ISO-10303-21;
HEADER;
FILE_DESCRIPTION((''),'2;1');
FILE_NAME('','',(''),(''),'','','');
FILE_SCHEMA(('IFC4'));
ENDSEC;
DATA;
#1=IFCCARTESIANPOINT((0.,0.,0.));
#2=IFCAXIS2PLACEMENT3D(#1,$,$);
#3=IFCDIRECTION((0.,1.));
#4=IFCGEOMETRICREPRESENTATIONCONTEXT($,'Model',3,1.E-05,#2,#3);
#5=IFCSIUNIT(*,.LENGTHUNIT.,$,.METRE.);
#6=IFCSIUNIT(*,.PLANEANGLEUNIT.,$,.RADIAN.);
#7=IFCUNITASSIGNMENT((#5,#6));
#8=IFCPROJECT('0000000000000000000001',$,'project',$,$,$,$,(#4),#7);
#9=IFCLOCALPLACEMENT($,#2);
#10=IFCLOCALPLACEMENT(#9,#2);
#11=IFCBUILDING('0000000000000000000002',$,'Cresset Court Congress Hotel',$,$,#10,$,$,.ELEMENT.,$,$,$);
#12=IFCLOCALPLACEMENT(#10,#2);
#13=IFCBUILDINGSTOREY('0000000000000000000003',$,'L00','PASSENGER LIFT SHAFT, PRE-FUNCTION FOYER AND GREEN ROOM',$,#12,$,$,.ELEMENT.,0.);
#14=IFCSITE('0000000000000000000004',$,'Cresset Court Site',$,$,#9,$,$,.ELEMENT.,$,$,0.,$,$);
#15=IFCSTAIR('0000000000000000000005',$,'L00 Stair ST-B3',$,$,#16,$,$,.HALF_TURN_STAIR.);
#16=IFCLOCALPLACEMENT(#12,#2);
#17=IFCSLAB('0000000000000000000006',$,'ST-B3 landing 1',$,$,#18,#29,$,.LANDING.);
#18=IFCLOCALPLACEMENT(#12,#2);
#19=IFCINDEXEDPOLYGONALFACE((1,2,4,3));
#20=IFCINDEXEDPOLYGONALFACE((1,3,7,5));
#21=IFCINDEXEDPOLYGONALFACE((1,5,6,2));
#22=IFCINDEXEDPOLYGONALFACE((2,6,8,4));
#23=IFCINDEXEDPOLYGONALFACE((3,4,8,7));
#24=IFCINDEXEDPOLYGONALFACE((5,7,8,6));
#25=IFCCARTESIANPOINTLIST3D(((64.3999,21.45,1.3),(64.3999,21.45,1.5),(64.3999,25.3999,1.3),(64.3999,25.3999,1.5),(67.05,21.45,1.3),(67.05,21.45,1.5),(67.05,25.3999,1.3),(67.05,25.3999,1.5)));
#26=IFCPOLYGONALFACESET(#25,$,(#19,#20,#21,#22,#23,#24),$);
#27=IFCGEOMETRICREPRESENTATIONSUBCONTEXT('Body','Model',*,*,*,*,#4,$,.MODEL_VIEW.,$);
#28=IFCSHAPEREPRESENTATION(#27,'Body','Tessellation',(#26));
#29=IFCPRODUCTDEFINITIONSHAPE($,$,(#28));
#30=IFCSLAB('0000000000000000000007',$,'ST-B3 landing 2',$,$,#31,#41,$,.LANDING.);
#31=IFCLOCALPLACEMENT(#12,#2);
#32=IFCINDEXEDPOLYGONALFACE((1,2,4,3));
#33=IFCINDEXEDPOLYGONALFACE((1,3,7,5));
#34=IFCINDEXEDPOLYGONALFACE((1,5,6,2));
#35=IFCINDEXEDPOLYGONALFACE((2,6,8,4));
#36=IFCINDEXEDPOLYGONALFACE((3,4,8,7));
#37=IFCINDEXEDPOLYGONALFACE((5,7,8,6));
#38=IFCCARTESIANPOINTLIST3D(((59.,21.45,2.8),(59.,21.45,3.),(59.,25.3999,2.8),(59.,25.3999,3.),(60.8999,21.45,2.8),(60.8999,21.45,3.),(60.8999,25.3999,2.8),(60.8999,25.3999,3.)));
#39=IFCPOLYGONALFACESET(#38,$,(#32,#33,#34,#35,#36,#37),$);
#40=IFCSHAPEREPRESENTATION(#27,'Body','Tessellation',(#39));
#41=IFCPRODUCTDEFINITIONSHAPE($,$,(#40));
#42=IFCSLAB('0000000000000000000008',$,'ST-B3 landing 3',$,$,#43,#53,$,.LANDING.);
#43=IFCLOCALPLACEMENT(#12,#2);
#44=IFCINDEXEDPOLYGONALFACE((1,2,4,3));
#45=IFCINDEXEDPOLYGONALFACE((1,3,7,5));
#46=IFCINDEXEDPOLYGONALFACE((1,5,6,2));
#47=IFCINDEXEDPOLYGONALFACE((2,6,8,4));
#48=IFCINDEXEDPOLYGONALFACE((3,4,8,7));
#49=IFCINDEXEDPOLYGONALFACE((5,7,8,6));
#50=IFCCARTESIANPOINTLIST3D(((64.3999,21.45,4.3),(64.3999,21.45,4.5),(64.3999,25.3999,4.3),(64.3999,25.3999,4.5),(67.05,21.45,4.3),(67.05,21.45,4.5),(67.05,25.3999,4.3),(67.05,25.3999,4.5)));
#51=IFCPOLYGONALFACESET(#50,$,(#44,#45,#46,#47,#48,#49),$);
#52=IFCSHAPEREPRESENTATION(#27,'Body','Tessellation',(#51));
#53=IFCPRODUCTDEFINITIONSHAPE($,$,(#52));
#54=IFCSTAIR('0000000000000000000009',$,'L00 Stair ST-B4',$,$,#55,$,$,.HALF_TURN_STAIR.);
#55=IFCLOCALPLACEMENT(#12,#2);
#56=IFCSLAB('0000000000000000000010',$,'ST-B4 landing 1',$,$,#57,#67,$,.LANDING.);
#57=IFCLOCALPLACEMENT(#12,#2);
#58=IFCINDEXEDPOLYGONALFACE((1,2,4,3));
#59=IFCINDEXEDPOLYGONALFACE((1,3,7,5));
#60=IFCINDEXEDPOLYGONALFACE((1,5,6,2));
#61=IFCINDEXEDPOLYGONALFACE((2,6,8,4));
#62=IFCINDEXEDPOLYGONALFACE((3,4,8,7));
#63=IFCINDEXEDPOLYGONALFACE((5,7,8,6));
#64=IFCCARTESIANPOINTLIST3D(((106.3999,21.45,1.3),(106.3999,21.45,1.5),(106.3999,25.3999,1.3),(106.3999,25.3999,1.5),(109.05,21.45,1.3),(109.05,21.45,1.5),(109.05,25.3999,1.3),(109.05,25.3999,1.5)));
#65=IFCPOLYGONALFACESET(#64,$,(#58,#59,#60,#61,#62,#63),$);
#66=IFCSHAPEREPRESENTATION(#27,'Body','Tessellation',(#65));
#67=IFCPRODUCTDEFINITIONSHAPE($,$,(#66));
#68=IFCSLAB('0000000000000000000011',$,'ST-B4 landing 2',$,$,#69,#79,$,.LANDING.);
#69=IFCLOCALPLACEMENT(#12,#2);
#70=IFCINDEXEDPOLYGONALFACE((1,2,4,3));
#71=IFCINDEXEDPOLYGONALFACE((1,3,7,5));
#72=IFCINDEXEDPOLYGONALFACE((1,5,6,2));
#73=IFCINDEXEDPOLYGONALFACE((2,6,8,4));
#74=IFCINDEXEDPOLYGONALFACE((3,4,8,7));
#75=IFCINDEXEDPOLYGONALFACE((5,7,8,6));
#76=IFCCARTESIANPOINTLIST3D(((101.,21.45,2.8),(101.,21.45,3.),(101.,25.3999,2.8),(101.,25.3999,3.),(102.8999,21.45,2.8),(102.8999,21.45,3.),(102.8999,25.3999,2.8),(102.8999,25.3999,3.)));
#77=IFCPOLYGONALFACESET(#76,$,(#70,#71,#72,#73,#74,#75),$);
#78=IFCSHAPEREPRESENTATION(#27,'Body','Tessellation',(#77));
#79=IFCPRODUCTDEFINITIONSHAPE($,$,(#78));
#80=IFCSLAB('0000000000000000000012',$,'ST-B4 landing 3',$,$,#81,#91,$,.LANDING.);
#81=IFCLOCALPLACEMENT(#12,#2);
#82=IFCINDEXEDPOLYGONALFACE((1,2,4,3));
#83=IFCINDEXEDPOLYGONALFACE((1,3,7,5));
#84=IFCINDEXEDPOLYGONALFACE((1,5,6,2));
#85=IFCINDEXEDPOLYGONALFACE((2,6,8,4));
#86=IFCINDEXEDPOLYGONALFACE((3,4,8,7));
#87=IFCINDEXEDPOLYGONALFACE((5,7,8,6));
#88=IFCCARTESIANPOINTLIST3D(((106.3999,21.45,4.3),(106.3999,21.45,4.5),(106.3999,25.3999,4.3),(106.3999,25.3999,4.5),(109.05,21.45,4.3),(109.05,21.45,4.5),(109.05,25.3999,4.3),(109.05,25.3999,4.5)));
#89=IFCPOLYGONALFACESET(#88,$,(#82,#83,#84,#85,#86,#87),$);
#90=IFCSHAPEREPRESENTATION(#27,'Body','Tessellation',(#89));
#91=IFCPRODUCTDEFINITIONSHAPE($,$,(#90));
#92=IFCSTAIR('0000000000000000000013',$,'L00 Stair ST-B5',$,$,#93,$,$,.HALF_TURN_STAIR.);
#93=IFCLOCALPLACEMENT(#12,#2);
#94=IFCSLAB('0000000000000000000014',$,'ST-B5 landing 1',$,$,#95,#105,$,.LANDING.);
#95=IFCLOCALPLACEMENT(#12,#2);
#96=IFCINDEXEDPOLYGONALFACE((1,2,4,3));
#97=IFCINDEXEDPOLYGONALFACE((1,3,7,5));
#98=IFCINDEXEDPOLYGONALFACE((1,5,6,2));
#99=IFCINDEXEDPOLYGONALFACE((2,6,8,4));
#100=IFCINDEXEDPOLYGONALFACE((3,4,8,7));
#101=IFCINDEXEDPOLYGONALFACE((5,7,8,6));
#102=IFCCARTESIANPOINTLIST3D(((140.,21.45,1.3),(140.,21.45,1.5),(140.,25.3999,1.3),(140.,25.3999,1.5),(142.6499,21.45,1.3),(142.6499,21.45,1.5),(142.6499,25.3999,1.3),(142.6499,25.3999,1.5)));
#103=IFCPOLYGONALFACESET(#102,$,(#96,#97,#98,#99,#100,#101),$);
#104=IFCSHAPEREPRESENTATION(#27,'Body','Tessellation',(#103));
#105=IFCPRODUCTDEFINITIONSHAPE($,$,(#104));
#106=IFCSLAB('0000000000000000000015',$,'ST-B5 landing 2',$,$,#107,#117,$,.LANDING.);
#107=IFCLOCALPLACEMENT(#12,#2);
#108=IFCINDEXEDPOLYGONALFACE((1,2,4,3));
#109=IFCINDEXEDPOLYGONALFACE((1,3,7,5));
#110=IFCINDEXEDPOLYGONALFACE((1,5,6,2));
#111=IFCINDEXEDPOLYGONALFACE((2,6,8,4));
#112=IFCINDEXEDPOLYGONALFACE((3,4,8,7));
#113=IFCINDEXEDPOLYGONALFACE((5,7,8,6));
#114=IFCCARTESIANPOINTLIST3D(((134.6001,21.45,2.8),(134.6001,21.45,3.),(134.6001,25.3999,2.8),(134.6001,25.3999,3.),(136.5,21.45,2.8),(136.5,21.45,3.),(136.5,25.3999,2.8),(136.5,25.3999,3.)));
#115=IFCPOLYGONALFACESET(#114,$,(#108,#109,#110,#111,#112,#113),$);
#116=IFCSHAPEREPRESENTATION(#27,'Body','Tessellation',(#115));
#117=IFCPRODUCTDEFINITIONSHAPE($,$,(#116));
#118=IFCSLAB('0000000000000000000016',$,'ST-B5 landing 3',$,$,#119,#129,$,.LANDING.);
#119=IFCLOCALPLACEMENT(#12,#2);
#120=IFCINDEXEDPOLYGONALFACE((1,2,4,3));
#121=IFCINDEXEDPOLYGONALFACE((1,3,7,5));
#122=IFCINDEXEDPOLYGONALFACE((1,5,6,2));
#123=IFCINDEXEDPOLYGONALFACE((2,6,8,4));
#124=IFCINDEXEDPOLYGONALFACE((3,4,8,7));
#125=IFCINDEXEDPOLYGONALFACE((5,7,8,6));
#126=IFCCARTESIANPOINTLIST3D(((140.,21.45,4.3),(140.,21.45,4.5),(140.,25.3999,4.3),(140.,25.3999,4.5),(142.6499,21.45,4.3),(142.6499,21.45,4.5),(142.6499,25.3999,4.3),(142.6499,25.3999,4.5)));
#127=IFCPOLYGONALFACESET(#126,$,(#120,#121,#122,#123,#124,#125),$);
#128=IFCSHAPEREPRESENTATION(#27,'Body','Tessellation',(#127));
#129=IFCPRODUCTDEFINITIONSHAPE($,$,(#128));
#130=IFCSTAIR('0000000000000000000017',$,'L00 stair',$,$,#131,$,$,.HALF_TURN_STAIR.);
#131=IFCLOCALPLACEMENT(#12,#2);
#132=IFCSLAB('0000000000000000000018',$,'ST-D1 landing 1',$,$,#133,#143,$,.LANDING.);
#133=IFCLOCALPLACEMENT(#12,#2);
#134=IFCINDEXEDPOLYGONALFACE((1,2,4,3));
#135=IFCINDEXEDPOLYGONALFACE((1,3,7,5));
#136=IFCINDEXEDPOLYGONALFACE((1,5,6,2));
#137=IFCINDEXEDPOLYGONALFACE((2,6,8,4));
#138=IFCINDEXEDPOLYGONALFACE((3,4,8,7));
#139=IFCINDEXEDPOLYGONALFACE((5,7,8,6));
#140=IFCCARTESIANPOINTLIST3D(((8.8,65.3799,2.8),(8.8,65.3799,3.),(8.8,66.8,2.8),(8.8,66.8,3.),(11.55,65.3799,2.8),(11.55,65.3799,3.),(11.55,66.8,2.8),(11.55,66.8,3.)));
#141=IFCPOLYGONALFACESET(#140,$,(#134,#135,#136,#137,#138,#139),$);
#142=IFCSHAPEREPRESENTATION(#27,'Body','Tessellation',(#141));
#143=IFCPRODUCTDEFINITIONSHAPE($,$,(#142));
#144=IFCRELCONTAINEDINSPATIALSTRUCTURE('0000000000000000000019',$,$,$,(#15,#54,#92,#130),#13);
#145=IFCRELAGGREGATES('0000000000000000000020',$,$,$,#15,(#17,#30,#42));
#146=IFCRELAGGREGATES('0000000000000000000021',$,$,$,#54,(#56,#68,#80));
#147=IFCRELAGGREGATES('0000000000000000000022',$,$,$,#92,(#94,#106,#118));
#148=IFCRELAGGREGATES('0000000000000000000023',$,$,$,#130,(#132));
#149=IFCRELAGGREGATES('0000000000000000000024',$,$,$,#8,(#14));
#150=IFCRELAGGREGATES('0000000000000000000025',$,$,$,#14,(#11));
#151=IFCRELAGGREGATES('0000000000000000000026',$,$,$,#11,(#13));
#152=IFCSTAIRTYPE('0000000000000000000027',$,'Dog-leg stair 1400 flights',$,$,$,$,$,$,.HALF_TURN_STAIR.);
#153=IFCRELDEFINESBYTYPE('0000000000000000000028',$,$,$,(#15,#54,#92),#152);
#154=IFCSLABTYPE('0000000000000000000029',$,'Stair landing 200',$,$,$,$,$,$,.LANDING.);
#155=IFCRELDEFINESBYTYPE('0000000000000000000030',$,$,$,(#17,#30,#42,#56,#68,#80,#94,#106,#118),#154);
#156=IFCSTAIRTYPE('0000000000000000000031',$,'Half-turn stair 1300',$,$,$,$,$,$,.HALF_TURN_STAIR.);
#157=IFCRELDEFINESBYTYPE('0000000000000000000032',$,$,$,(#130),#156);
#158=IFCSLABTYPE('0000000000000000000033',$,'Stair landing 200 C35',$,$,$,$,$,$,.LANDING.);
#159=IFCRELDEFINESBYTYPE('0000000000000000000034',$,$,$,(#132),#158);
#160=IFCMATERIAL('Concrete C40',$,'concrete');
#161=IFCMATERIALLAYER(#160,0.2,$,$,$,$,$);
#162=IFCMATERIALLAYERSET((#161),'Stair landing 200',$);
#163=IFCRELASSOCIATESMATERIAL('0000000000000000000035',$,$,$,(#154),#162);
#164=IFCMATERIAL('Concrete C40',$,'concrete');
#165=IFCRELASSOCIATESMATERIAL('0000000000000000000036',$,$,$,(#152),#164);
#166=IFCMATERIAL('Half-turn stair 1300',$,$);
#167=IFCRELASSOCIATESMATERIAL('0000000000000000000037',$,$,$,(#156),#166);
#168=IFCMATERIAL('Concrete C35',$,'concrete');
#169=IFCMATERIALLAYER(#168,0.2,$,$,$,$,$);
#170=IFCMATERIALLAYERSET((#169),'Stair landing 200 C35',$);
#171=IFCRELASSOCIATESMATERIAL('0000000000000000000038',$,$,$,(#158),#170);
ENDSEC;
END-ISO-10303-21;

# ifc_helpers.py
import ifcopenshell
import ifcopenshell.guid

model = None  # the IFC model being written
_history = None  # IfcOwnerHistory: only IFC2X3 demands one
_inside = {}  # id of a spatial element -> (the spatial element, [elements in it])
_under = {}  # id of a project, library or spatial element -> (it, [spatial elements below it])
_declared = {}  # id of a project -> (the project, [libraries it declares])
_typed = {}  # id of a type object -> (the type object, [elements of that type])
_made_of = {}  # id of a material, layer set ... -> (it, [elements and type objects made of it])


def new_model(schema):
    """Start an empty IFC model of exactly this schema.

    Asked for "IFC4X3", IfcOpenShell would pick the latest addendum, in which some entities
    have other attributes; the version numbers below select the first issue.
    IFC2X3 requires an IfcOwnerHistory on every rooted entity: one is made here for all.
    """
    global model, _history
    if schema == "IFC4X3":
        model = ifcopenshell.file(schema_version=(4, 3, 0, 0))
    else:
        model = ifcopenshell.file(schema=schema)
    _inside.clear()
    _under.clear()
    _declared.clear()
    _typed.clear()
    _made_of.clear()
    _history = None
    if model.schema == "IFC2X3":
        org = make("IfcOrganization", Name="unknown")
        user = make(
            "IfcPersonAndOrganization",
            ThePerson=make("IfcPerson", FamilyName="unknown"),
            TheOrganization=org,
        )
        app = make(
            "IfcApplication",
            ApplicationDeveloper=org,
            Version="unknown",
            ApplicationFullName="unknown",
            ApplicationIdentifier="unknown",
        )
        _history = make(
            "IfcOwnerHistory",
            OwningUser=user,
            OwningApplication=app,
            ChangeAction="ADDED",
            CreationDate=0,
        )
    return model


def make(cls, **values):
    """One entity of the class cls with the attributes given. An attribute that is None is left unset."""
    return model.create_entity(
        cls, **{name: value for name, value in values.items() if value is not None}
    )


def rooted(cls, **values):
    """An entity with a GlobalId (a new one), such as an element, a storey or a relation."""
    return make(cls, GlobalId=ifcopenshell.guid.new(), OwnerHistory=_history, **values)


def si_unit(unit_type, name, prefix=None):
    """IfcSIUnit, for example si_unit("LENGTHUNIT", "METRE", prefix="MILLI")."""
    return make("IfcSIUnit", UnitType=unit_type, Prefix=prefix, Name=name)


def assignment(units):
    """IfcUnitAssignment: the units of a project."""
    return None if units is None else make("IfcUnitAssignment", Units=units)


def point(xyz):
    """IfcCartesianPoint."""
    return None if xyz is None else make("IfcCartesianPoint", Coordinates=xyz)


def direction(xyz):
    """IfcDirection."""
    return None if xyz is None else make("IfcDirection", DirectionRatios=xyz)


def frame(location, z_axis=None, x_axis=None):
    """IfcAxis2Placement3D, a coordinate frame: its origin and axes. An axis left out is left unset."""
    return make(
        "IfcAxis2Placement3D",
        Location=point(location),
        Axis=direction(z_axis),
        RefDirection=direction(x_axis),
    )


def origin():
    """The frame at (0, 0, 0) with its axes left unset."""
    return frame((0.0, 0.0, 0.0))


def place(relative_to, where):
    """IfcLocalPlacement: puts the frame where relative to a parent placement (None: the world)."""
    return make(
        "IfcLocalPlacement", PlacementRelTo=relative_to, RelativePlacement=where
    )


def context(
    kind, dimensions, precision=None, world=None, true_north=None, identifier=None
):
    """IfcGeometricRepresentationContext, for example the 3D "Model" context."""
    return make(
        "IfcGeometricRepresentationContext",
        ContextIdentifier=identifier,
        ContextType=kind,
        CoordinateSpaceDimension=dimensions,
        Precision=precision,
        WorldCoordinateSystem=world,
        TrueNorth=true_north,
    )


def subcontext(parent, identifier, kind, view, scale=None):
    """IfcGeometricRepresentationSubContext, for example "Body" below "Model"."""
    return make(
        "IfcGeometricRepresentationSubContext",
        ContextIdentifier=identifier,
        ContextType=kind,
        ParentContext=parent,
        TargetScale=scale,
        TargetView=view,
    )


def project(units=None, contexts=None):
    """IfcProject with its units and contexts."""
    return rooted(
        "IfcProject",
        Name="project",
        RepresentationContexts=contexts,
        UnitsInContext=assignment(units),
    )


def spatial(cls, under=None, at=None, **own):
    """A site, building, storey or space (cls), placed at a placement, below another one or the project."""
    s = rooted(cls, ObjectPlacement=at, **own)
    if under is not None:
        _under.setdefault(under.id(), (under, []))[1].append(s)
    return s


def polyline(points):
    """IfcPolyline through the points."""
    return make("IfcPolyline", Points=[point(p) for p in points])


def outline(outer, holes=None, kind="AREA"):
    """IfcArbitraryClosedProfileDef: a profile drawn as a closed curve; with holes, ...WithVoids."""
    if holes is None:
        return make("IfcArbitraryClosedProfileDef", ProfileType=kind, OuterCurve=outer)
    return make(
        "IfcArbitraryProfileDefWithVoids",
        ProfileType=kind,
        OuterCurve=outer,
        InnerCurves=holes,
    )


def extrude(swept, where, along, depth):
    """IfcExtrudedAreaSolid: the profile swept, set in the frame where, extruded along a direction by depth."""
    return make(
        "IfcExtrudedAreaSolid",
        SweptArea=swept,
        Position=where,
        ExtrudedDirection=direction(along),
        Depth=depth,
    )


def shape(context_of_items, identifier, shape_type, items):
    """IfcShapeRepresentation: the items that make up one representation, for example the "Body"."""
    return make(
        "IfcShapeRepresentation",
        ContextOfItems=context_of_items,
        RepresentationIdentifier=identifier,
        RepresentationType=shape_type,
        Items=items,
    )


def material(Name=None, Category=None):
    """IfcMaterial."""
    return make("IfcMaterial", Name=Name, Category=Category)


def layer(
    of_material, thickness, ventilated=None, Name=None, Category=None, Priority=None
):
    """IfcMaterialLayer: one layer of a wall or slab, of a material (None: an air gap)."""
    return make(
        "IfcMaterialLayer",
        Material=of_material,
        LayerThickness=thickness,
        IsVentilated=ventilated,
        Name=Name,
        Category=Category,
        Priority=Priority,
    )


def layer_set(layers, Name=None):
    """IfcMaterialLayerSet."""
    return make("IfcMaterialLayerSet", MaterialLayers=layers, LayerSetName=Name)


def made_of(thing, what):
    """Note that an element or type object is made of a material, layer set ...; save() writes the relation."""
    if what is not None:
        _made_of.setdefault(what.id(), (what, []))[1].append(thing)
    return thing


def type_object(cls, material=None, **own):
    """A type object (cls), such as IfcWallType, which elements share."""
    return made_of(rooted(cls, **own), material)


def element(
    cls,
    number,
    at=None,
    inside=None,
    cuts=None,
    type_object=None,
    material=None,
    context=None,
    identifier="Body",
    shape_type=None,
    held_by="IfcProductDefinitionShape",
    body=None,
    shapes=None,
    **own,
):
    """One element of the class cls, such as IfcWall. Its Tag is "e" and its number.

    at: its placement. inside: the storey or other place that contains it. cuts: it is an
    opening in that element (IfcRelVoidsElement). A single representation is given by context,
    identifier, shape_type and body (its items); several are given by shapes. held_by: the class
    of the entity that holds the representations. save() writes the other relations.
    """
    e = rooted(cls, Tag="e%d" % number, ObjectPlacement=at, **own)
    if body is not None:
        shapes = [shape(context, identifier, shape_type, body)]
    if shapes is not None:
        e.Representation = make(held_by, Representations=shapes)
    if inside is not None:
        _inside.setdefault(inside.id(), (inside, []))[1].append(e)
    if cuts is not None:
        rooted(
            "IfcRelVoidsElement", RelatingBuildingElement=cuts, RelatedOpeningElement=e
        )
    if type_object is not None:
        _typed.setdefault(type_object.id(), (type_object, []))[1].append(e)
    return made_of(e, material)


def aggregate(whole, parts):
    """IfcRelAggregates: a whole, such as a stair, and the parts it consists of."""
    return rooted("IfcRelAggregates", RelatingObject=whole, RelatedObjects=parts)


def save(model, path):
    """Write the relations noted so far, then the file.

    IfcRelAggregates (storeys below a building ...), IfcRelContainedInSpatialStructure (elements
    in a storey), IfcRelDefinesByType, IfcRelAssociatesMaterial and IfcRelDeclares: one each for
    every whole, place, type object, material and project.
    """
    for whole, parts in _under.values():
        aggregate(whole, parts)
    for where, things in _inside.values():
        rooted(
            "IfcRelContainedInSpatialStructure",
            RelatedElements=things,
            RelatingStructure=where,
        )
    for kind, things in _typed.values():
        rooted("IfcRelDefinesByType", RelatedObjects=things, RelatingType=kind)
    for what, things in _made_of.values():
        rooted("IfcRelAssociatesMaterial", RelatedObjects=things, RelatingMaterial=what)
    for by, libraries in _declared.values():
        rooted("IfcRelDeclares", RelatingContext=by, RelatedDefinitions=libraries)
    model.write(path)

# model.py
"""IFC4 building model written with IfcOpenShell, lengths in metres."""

from ifc_helpers import new_model, si_unit, direction, frame, origin, place, context, subcontext, project, spatial, polyline, outline, extrude, material, layer, layer_set, type_object, element, aggregate, save


model = new_model("IFC4")

# Units and contexts
model_context = context("Model", 3, precision=1e-05, world=origin(), true_north=direction((0.0, 1.0)))
body_context = subcontext(model_context, "Body", "Model", "MODEL_VIEW")
ifc_project = project(units=[si_unit("LENGTHUNIT", "METRE"), si_unit("PLANEANGLEUNIT", "RADIAN")], contexts=[model_context])

# Site, building, storey
site_placement = place(None, origin())
site = spatial("IfcSite", under=ifc_project, at=site_placement, Name="Cresset Court Site", CompositionType="ELEMENT", RefElevation=0.0)
building_placement = place(site_placement, origin())
building = spatial("IfcBuilding", under=site, at=building_placement, Name="Cresset Court Congress Hotel", CompositionType="ELEMENT")
storey_placement = place(building_placement, origin())
storey = spatial("IfcBuildingStorey", under=building, at=storey_placement, Name="L00", Description="PASSENGER LIFT SHAFT, PRE-FUNCTION FOYER AND GREEN ROOM", CompositionType="ELEMENT", Elevation=0.0)

# Stairs, slabs
ifc_material_1 = material(Name="Concrete C40", Category="concrete")
ifc_layer_1 = layer(ifc_material_1, 0.2)
ifc_layer_set_1 = layer_set([ifc_layer_1], Name="Stair landing 200")
slab_type_1 = type_object("IfcSlabType", Name="Stair landing 200", PredefinedType="LANDING", material=ifc_layer_set_1)
ifc_material_2 = material(Name="Concrete C40", Category="concrete")
stair_type_1 = type_object("IfcStairType", Name="Dog-leg stair 1400 flights", PredefinedType="HALF_TURN_STAIR", material=ifc_material_2)
stair_1_placement = place(storey_placement, origin())
stair_1 = element("IfcStair", 1, at=stair_1_placement, inside=storey, type_object=stair_type_1, Name="L00 Stair ST-B3", PredefinedType="HALF_TURN_STAIR")
slab_1_placement = place(storey_placement, frame((0.0, 0.0, 1.3)))
slab_1 = element("IfcSlab", 2, at=slab_1_placement, type_object=slab_type_1, Name="ST-B3 landing 1", PredefinedType="LANDING", context=body_context, shape_type="SweptSolid", body=[
    extrude(outline(polyline([(64.3999, 21.45), (67.05, 21.45), (67.05, 25.3999), (64.3999, 25.3999), (64.3999, 21.45)])), origin(), (0.0, 0.0, 1.0), 0.2),
])
slab_2_placement = place(storey_placement, frame((0.0, 0.0, 2.8)))
slab_2 = element("IfcSlab", 3, at=slab_2_placement, type_object=slab_type_1, Name="ST-B3 landing 2", PredefinedType="LANDING", context=body_context, shape_type="SweptSolid", body=[
    extrude(outline(polyline([(59.0, 21.45), (60.8999, 21.45), (60.8999, 25.3999), (59.0, 25.3999), (59.0, 21.45)])), origin(), (0.0, 0.0, 1.0), 0.2),
])
slab_3_placement = place(storey_placement, frame((0.0, 0.0, 4.3)))
slab_3 = element("IfcSlab", 4, at=slab_3_placement, type_object=slab_type_1, Name="ST-B3 landing 3", PredefinedType="LANDING", context=body_context, shape_type="SweptSolid", body=[
    extrude(outline(polyline([(64.3999, 21.45), (67.05, 21.45), (67.05, 25.3999), (64.3999, 25.3999), (64.3999, 21.45)])), origin(), (0.0, 0.0, 1.0), 0.2),
])
aggregate(stair_1, [slab_1, slab_2, slab_3])
stair_2_placement = place(storey_placement, origin())
stair_2 = element("IfcStair", 5, at=stair_2_placement, inside=storey, type_object=stair_type_1, Name="L00 Stair ST-B4", PredefinedType="HALF_TURN_STAIR")
slab_4_placement = place(storey_placement, frame((0.0, 0.0, 1.3)))
slab_4 = element("IfcSlab", 6, at=slab_4_placement, type_object=slab_type_1, Name="ST-B4 landing 1", PredefinedType="LANDING", context=body_context, shape_type="SweptSolid", body=[
    extrude(outline(polyline([(106.3999, 21.45), (109.05, 21.45), (109.05, 25.3999), (106.3999, 25.3999), (106.3999, 21.45)])), origin(), (0.0, 0.0, 1.0), 0.2),
])
slab_5_placement = place(storey_placement, frame((0.0, 0.0, 2.8)))
slab_5 = element("IfcSlab", 7, at=slab_5_placement, type_object=slab_type_1, Name="ST-B4 landing 2", PredefinedType="LANDING", context=body_context, shape_type="SweptSolid", body=[
    extrude(outline(polyline([(101.0, 21.45), (102.8999, 21.45), (102.8999, 25.3999), (101.0, 25.3999), (101.0, 21.45)])), origin(), (0.0, 0.0, 1.0), 0.2),
])
slab_6_placement = place(storey_placement, frame((0.0, 0.0, 4.3)))
slab_6 = element("IfcSlab", 8, at=slab_6_placement, type_object=slab_type_1, Name="ST-B4 landing 3", PredefinedType="LANDING", context=body_context, shape_type="SweptSolid", body=[
    extrude(outline(polyline([(106.3999, 21.45), (109.05, 21.45), (109.05, 25.3999), (106.3999, 25.3999), (106.3999, 21.45)])), origin(), (0.0, 0.0, 1.0), 0.2),
])
aggregate(stair_2, [slab_4, slab_5, slab_6])
stair_3_placement = place(storey_placement, origin())
stair_3 = element("IfcStair", 9, at=stair_3_placement, inside=storey, type_object=stair_type_1, Name="L00 Stair ST-B5", PredefinedType="HALF_TURN_STAIR")
slab_7_placement = place(storey_placement, frame((0.0, 0.0, 1.3)))
slab_7 = element("IfcSlab", 10, at=slab_7_placement, type_object=slab_type_1, Name="ST-B5 landing 1", PredefinedType="LANDING", context=body_context, shape_type="SweptSolid", body=[
    extrude(outline(polyline([(140.0, 21.45), (142.6499, 21.45), (142.6499, 25.3999), (140.0, 25.3999), (140.0, 21.45)])), origin(), (0.0, 0.0, 1.0), 0.2),
])
slab_8_placement = place(storey_placement, frame((0.0, 0.0, 2.8)))
slab_8 = element("IfcSlab", 11, at=slab_8_placement, type_object=slab_type_1, Name="ST-B5 landing 2", PredefinedType="LANDING", context=body_context, shape_type="SweptSolid", body=[
    extrude(outline(polyline([(134.6001, 21.45), (136.5, 21.45), (136.5, 25.3999), (134.6001, 25.3999), (134.6001, 21.45)])), origin(), (0.0, 0.0, 1.0), 0.2),
])
slab_9_placement = place(storey_placement, frame((0.0, 0.0, 4.3)))
slab_9 = element("IfcSlab", 12, at=slab_9_placement, type_object=slab_type_1, Name="ST-B5 landing 3", PredefinedType="LANDING", context=body_context, shape_type="SweptSolid", body=[
    extrude(outline(polyline([(140.0, 21.45), (142.6499, 21.45), (142.6499, 25.3999), (140.0, 25.3999), (140.0, 21.45)])), origin(), (0.0, 0.0, 1.0), 0.2),
])
aggregate(stair_3, [slab_7, slab_8, slab_9])

# Stair, slab
ifc_material_3 = material(Name="Half-turn stair 1300")
stair_type_2 = type_object("IfcStairType", Name="Half-turn stair 1300", PredefinedType="HALF_TURN_STAIR", material=ifc_material_3)
stair_4_placement = place(storey_placement, origin())
stair_4 = element("IfcStair", 13, at=stair_4_placement, inside=storey, type_object=stair_type_2, Name="L00 stair", PredefinedType="HALF_TURN_STAIR")
ifc_material_4 = material(Name="Concrete C35", Category="concrete")
ifc_layer_2 = layer(ifc_material_4, 0.2)
ifc_layer_set_2 = layer_set([ifc_layer_2], Name="Stair landing 200 C35")
slab_type_2 = type_object("IfcSlabType", Name="Stair landing 200 C35", PredefinedType="LANDING", material=ifc_layer_set_2)
slab_10_placement = place(storey_placement, frame((0.0, 0.0, 2.8)))
slab_10 = element("IfcSlab", 14, at=slab_10_placement, type_object=slab_type_2, Name="ST-D1 landing 1", PredefinedType="LANDING", context=body_context, shape_type="SweptSolid", body=[
    extrude(outline(polyline([(11.55, 65.3799), (11.55, 66.8), (8.8, 66.8), (8.8, 65.3799), (11.55, 65.3799)])), origin(), (0.0, 0.0, 1.0), 0.2),
])
aggregate(stair_4, [slab_10])

save(model, "model.ifc")
